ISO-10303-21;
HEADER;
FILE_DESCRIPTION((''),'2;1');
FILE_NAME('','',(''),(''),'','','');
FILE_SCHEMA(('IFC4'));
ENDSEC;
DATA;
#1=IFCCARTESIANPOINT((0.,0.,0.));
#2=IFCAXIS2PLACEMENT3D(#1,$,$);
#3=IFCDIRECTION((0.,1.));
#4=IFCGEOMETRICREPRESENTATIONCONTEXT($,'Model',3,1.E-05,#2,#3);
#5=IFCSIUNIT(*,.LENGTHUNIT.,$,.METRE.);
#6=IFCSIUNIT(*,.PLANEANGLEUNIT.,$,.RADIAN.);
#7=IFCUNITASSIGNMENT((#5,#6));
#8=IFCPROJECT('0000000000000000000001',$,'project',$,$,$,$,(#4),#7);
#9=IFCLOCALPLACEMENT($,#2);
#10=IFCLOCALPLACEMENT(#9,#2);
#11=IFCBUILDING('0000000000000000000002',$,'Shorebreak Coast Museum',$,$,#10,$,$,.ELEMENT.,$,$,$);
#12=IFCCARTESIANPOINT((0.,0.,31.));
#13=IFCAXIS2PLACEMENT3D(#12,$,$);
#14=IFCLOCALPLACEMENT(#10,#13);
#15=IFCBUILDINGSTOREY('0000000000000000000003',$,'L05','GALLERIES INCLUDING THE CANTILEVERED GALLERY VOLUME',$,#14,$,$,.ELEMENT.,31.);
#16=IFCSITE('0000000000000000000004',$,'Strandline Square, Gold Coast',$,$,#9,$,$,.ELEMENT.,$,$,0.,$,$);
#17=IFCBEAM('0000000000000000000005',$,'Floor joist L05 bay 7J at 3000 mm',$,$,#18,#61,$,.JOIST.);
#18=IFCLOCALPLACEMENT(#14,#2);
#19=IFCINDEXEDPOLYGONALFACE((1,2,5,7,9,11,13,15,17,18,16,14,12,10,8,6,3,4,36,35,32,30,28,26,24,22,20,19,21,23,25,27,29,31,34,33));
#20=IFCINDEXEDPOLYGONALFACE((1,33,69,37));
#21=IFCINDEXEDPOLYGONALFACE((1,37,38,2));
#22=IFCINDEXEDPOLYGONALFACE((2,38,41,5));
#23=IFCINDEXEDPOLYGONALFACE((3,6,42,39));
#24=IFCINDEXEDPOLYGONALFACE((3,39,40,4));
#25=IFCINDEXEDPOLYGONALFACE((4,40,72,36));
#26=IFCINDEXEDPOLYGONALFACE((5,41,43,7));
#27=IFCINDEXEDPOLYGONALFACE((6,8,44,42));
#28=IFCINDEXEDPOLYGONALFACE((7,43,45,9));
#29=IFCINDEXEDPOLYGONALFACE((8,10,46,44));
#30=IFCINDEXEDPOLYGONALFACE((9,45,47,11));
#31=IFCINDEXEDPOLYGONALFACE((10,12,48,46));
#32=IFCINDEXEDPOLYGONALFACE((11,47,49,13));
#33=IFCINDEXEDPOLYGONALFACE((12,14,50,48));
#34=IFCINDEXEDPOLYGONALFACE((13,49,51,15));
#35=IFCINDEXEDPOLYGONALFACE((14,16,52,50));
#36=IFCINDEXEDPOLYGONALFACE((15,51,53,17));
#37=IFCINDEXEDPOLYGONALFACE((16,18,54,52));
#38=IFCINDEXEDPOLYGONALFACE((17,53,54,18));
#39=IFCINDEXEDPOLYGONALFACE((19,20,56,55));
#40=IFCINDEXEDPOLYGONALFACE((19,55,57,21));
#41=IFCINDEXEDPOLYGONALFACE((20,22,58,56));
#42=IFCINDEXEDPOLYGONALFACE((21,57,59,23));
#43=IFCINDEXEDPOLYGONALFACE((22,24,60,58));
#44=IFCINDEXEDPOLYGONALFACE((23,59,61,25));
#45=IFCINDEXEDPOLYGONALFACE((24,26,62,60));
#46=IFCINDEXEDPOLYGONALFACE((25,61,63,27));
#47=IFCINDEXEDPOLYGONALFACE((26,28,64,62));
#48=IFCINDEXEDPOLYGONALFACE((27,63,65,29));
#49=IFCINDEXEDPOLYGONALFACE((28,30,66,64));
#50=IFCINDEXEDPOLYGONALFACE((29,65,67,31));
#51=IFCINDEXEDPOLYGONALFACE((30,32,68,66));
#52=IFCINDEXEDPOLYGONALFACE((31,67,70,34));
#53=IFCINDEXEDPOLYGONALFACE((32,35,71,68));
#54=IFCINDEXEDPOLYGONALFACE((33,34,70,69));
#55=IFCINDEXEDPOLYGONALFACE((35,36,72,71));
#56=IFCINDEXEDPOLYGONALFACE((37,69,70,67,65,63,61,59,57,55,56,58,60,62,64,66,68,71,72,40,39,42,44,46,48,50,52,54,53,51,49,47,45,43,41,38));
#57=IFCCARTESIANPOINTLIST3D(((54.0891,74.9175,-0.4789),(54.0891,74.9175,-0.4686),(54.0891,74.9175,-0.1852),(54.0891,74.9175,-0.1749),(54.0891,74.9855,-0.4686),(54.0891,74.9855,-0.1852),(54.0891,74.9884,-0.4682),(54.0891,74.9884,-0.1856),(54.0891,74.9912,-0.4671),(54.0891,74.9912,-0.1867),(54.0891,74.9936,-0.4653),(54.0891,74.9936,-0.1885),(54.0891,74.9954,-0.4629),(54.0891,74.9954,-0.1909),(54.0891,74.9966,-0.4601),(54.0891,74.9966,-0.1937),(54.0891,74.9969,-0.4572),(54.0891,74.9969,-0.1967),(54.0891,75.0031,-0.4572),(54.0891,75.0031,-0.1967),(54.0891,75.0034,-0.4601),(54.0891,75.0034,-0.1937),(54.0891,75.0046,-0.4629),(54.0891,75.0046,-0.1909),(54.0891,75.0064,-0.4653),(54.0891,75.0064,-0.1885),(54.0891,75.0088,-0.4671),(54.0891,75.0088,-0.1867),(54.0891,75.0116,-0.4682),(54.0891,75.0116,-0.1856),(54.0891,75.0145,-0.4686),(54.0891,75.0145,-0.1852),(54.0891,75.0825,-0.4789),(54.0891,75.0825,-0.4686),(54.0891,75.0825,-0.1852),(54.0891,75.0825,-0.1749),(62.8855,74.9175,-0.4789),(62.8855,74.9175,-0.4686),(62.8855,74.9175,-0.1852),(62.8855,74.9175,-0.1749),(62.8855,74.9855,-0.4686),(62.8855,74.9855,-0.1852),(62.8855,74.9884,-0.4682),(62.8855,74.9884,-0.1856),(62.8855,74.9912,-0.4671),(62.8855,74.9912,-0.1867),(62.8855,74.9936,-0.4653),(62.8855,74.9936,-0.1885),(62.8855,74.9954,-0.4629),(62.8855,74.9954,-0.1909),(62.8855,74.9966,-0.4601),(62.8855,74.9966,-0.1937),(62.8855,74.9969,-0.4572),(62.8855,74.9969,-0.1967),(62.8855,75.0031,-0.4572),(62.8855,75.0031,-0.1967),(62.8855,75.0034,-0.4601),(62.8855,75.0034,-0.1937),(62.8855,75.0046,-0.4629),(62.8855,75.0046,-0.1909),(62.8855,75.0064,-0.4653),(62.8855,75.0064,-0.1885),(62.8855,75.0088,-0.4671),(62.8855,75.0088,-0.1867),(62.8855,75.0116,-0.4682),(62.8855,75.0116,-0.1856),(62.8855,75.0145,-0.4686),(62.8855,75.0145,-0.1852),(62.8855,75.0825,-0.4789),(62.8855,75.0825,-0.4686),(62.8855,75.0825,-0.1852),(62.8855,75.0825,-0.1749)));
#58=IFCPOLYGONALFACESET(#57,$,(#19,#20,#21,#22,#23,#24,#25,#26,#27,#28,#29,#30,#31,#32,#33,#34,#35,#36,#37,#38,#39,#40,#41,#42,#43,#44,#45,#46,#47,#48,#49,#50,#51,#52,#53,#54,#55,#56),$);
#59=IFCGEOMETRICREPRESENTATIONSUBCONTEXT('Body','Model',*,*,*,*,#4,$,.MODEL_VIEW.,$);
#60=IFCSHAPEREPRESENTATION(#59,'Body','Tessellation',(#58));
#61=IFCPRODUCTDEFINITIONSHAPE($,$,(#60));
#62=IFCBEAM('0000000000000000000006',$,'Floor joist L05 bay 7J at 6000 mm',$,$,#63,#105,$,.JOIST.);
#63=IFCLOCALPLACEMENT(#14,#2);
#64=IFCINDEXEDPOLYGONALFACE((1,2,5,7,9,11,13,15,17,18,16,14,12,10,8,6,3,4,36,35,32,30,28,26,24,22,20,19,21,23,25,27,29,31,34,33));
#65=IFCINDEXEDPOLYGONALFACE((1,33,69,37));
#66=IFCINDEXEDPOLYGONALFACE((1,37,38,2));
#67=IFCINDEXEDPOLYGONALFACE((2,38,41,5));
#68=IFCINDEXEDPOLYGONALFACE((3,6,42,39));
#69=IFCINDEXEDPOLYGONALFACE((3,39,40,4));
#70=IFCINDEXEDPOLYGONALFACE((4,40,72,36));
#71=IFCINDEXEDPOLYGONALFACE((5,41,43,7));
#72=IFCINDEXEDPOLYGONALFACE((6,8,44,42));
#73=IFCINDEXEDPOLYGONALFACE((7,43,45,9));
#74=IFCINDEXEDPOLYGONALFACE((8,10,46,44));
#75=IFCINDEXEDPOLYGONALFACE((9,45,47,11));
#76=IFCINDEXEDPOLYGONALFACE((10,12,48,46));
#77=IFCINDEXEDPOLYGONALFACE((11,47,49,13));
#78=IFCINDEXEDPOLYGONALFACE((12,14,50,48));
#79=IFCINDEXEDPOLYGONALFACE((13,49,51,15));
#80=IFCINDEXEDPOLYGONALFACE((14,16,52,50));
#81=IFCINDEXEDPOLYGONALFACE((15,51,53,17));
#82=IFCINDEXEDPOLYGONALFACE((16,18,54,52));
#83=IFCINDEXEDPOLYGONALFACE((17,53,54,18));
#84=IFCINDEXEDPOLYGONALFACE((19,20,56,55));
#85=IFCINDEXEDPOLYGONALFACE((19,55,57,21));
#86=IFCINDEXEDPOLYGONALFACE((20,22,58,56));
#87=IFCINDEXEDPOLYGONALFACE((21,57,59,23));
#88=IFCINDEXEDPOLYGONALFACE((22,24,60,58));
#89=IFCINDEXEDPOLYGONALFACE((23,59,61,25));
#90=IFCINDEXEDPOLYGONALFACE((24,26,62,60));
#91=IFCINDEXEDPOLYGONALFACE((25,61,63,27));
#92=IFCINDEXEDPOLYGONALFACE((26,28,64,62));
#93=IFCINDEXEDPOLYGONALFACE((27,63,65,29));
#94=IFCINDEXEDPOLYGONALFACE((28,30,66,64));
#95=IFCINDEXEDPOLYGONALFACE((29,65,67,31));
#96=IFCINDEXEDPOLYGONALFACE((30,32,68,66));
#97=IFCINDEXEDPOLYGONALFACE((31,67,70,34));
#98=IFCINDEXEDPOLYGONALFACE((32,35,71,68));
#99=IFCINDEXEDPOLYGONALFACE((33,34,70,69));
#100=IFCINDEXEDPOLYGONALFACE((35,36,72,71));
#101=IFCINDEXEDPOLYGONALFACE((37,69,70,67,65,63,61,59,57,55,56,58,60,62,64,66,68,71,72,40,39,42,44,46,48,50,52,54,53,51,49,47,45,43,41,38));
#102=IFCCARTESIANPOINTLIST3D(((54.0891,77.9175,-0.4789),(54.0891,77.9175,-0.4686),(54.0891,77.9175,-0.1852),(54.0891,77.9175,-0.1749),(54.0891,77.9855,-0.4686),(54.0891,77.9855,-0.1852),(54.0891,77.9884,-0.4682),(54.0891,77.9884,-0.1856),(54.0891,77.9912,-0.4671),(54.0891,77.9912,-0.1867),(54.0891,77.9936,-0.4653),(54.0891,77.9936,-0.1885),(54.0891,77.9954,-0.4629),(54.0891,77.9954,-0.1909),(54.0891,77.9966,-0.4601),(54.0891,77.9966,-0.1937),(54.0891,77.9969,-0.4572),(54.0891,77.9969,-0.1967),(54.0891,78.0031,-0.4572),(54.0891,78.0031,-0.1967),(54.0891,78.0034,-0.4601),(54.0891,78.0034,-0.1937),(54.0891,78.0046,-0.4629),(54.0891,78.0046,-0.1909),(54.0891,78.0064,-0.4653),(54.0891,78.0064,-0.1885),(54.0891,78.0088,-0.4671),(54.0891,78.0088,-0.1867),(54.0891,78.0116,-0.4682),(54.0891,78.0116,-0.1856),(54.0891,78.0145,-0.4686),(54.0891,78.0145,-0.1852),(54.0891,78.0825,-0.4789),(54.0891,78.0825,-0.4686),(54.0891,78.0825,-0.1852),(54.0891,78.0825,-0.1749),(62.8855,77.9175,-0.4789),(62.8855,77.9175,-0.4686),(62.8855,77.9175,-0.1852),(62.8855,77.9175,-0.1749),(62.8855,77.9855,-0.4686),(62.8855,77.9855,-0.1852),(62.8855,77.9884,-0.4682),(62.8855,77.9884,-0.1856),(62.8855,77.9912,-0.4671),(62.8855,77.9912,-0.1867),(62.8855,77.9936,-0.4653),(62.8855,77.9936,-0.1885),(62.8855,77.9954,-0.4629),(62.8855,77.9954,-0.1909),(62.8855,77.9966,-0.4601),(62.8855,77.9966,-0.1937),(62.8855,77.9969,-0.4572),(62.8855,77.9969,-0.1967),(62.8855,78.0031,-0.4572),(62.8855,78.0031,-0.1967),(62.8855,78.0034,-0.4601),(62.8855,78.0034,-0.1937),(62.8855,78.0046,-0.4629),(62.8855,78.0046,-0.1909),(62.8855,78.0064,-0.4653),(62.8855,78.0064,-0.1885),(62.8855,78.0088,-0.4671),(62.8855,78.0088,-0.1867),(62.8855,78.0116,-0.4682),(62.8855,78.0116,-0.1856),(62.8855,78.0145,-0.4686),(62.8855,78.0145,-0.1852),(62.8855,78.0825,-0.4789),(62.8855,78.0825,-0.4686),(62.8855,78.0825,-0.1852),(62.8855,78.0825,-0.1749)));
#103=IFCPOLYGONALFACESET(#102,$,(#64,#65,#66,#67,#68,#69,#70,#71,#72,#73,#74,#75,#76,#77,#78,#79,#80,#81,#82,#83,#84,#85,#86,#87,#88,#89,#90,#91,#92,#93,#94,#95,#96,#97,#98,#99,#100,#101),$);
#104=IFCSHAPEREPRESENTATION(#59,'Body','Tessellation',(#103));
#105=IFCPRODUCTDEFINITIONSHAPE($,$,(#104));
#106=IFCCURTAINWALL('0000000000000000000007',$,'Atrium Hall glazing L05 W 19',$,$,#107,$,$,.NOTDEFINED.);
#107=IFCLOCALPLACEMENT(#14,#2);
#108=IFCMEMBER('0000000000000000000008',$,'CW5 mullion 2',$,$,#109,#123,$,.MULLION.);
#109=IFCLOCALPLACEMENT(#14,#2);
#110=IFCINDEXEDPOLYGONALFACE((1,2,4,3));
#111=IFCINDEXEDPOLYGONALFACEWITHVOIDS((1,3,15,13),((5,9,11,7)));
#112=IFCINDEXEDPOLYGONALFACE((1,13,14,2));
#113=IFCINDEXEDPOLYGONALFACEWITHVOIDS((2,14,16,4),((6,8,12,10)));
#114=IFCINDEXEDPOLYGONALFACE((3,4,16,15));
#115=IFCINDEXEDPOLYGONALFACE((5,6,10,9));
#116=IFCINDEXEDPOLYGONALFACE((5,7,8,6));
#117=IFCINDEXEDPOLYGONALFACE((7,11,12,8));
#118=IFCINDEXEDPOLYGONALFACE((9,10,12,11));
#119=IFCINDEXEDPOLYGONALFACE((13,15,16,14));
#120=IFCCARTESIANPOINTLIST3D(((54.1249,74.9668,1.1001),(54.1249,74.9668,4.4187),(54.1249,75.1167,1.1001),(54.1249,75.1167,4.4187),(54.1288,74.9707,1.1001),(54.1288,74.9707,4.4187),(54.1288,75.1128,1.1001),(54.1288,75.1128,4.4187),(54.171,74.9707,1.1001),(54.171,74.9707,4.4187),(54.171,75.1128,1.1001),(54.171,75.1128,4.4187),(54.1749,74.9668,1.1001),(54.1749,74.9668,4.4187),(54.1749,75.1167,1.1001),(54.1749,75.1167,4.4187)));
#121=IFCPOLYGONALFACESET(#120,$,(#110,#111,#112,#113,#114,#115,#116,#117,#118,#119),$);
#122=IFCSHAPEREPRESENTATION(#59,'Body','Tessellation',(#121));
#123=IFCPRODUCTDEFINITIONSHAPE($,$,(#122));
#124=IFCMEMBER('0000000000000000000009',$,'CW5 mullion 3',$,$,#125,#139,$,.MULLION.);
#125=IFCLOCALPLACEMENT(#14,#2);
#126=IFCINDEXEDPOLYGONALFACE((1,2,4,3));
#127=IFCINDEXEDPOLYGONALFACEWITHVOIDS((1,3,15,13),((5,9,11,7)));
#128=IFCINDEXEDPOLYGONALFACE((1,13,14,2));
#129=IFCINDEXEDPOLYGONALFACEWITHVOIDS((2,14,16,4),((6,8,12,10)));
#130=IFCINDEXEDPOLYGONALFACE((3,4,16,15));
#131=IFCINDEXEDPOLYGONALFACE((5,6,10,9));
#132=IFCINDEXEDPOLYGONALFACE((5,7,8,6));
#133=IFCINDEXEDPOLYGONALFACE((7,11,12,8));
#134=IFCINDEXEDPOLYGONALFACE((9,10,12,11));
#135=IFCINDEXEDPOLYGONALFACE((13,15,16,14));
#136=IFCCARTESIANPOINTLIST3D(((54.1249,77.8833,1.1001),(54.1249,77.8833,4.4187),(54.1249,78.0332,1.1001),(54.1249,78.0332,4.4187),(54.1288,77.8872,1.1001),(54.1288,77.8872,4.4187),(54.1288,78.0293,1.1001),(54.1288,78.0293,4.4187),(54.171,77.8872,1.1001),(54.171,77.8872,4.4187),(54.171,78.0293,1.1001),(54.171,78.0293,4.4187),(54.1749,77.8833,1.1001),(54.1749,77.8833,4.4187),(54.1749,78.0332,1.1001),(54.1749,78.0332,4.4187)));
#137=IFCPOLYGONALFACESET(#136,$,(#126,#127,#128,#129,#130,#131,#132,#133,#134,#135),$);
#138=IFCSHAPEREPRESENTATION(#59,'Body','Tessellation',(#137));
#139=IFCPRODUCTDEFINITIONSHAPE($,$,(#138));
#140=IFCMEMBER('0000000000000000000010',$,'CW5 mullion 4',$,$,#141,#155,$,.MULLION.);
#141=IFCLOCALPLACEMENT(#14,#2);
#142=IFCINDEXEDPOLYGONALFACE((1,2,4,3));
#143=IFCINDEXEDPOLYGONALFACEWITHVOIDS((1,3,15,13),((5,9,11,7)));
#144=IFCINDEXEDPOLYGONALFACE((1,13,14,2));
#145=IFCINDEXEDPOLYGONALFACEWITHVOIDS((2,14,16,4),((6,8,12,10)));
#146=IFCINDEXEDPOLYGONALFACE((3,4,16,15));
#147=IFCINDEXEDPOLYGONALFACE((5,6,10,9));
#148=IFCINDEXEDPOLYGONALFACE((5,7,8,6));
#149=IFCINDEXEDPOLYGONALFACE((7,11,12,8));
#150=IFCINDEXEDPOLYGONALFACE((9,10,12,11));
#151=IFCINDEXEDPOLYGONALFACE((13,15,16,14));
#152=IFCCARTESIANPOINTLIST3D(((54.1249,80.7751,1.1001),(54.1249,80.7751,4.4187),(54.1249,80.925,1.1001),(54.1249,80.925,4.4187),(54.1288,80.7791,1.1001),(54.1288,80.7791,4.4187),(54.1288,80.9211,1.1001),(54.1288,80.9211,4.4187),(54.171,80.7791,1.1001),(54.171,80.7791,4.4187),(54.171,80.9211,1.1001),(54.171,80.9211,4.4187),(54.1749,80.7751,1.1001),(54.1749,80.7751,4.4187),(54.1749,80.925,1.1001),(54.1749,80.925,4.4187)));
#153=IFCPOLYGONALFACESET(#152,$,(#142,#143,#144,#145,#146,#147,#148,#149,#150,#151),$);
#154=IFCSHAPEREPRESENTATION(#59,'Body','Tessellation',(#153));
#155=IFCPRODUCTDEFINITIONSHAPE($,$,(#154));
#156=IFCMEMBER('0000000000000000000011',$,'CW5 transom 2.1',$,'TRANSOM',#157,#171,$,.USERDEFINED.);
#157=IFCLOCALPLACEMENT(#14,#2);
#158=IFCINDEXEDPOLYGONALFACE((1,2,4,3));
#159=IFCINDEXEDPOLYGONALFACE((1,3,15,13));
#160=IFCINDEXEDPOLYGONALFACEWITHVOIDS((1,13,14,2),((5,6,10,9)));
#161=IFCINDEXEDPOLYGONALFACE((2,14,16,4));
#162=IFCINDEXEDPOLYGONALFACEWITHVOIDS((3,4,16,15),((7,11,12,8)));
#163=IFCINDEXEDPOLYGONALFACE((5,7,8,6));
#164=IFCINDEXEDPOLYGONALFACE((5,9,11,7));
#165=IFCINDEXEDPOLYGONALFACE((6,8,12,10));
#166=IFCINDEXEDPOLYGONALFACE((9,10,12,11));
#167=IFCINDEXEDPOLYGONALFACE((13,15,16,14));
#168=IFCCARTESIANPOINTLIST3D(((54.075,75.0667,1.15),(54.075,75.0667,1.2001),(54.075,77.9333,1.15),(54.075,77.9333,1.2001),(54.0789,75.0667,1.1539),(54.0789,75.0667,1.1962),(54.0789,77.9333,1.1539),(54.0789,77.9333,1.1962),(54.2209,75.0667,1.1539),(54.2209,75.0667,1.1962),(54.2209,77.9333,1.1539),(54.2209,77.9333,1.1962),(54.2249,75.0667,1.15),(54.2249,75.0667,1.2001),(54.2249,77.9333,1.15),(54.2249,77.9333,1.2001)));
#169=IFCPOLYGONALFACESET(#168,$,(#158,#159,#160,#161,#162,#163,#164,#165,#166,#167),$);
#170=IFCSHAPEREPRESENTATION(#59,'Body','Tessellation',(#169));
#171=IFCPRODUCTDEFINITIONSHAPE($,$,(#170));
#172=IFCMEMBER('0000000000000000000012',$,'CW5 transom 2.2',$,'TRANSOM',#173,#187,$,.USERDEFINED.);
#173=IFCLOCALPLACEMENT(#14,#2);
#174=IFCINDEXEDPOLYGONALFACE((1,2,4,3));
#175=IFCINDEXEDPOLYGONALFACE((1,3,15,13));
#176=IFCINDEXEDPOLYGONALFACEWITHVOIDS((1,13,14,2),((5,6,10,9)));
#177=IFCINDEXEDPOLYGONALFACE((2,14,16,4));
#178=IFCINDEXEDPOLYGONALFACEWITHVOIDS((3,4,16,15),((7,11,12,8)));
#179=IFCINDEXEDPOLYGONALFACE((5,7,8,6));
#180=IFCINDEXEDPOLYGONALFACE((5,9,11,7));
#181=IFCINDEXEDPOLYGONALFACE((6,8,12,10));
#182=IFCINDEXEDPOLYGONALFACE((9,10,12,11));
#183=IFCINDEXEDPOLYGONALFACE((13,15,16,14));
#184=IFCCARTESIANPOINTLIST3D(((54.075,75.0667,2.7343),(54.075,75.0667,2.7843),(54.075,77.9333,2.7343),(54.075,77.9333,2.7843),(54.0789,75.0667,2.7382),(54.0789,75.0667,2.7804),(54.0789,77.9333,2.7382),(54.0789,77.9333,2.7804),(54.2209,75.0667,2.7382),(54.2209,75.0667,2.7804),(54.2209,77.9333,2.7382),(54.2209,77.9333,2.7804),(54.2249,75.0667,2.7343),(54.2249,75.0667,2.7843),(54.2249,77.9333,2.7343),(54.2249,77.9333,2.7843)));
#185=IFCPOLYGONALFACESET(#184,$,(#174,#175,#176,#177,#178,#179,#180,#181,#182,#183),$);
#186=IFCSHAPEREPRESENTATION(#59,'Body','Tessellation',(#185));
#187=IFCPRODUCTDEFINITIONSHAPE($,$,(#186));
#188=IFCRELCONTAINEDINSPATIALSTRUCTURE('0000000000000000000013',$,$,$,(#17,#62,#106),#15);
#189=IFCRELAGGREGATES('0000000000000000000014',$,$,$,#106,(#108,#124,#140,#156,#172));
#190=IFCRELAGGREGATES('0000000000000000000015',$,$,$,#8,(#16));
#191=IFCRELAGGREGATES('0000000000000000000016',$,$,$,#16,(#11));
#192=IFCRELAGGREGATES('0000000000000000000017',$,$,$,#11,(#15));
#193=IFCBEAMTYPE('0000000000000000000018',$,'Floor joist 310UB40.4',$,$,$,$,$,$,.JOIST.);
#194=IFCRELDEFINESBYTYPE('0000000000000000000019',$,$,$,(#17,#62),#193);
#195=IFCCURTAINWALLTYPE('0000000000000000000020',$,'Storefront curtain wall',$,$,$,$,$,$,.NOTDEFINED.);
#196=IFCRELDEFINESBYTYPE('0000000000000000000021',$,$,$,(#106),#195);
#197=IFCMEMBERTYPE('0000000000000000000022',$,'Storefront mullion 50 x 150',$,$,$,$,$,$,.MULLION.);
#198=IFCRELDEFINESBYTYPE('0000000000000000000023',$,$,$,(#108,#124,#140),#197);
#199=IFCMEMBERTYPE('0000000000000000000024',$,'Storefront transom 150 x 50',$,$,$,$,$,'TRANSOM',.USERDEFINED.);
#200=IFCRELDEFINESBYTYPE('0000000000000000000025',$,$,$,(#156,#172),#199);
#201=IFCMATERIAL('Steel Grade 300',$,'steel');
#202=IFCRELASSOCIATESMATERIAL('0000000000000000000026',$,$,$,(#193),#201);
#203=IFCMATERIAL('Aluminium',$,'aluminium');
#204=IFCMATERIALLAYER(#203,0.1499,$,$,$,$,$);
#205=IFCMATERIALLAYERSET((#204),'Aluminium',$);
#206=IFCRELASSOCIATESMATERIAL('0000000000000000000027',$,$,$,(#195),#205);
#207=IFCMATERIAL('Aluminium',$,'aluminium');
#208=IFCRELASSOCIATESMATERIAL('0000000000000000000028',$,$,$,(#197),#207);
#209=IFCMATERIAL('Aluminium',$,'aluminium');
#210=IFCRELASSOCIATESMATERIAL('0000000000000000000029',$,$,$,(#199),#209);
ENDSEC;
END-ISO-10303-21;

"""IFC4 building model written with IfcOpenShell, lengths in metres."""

from ifc_helpers import new_model, si_unit, direction, frame, origin, origin_2d, place, context, subcontext, project, spatial, hollow_rectangle, i_section, extrude, material, layer, layer_set, material_profile, profile_set, type_object, element, aggregate, save


model = new_model("IFC4")

# Units and contexts
model_context = context("Model", 3, precision=1e-05, world=origin(), true_north=direction((0.0, 1.0)))
body_context = subcontext(model_context, "Body", "Model", "MODEL_VIEW")
ifc_project = project(units=[si_unit("LENGTHUNIT", "METRE"), si_unit("PLANEANGLEUNIT", "RADIAN")], contexts=[model_context])

# Site, building, storey
site_placement = place(None, origin())
site = spatial("IfcSite", under=ifc_project, at=site_placement, Name="Strandline Square, Gold Coast", CompositionType="ELEMENT", RefElevation=0.0)
building_placement = place(site_placement, origin())
building = spatial("IfcBuilding", under=site, at=building_placement, Name="Shorebreak Coast Museum", CompositionType="ELEMENT")
storey_placement = place(building_placement, frame((0.0, 0.0, 31.0)))
storey = spatial("IfcBuildingStorey", under=building, at=storey_placement, Name="L05", Description="GALLERIES INCLUDING THE CANTILEVERED GALLERY VOLUME", CompositionType="ELEMENT", Elevation=31.0)

# Beams
ifc_material_1 = material(Name="Steel Grade 300", Category="steel")
ifc_material_profile_1 = material_profile(ifc_material_1, i_section(OverallWidth=0.165, OverallDepth=0.304, WebThickness=0.0061, FlangeThickness=0.0103, FilletRadius=0.0115, at=origin_2d()), Name="310UB40.4")
ifc_profile_set_1 = profile_set([ifc_material_profile_1], Name="Steel Grade 300")
beam_type_1 = type_object("IfcBeamType", Name="Floor joist 310UB40.4", PredefinedType="JOIST", material=ifc_profile_set_1)
for number, where, z_axis, x_axis, name in (
    (1, (54.0891, 75.0, -0.3269), (1.0, 0.0, 0.0), (0.0, 1.0, 0.0), "Floor joist L05 bay 7J at 3000 mm"),
    (2, (54.0891, 78.0, -0.3269), (1.0, 0.0, 0.0), (0.0, 1.0, 0.0), "Floor joist L05 bay 7J at 6000 mm"),
):
    element("IfcBeam", number, at=place(storey_placement, frame(where, z_axis=z_axis, x_axis=x_axis)), inside=storey, type_object=beam_type_1, Name=name, PredefinedType="JOIST", context=body_context, shape_type="SweptSolid", body=[
        extrude(i_section(OverallWidth=0.165, OverallDepth=0.304, WebThickness=0.0061, FlangeThickness=0.0103, FilletRadius=0.0115, at=origin_2d()), origin(), (0.0, 0.0, 1.0), 8.7964),
    ])

# Curtain wall, members
ifc_material_2 = material(Name="Aluminium", Category="aluminium")
ifc_layer_1 = layer(ifc_material_2, 0.1499)
ifc_layer_set_1 = layer_set([ifc_layer_1], Name="Aluminium")
curtain_wall_type = type_object("IfcCurtainWallType", Name="Storefront curtain wall", PredefinedType="NOTDEFINED", material=ifc_layer_set_1)
curtain_wall_placement = place(storey_placement, origin())
curtain_wall = element("IfcCurtainWall", 3, at=curtain_wall_placement, inside=storey, type_object=curtain_wall_type, Name="Atrium Hall glazing L05 W 19", PredefinedType="NOTDEFINED")
ifc_material_3 = material(Name="Aluminium", Category="aluminium")
ifc_material_profile_2 = material_profile(ifc_material_3, hollow_rectangle(XDim=0.05, YDim=0.1499, WallThickness=0.0039, at=origin_2d()), Name="AL 150x50 RHS")
ifc_profile_set_2 = profile_set([ifc_material_profile_2], Name="Aluminium")
member_type_1 = type_object("IfcMemberType", Name="Storefront mullion 50 x 150", PredefinedType="MULLION", material=ifc_profile_set_2)
member_1_placement = place(storey_placement, frame((54.1499, 75.0417, 1.1001), z_axis=(0.0, 0.0, 1.0), x_axis=(-1.0, 0.0, 0.0)))
member_1 = element("IfcMember", 4, at=member_1_placement, type_object=member_type_1, Name="CW5 mullion 2", PredefinedType="MULLION", context=body_context, shape_type="SweptSolid", body=[
    extrude(hollow_rectangle(XDim=0.05, YDim=0.1499, WallThickness=0.0039, at=origin_2d()), origin(), (0.0, 0.0, 1.0), 3.3186),
])
member_2_placement = place(storey_placement, frame((54.1499, 77.9583, 1.1001), z_axis=(0.0, 0.0, 1.0), x_axis=(-1.0, 0.0, 0.0)))
member_2 = element("IfcMember", 5, at=member_2_placement, type_object=member_type_1, Name="CW5 mullion 3", PredefinedType="MULLION", context=body_context, shape_type="SweptSolid", body=[
    extrude(hollow_rectangle(XDim=0.05, YDim=0.1499, WallThickness=0.0039, at=origin_2d()), origin(), (0.0, 0.0, 1.0), 3.3186),
])
member_3_placement = place(storey_placement, frame((54.1499, 80.8501, 1.1001), z_axis=(0.0, 0.0, 1.0), x_axis=(-1.0, 0.0, 0.0)))
member_3 = element("IfcMember", 6, at=member_3_placement, type_object=member_type_1, Name="CW5 mullion 4", PredefinedType="MULLION", context=body_context, shape_type="SweptSolid", body=[
    extrude(hollow_rectangle(XDim=0.05, YDim=0.1499, WallThickness=0.0039, at=origin_2d()), origin(), (0.0, 0.0, 1.0), 3.3186),
])
ifc_material_4 = material(Name="Aluminium", Category="aluminium")
ifc_material_profile_3 = material_profile(ifc_material_4, hollow_rectangle(XDim=0.1499, YDim=0.05, WallThickness=0.0039, at=origin_2d()), Name="AL 50x150 RHS")
ifc_profile_set_3 = profile_set([ifc_material_profile_3], Name="Aluminium")
member_type_2 = type_object("IfcMemberType", Name="Storefront transom 150 x 50", ElementType="TRANSOM", PredefinedType="USERDEFINED", material=ifc_profile_set_3)
member_4_placement = place(storey_placement, frame((54.1499, 75.0667, 1.175), z_axis=(0.0, 1.0, 0.0), x_axis=(-1.0, 0.0, 0.0)))
member_4 = element("IfcMember", 7, at=member_4_placement, type_object=member_type_2, Name="CW5 transom 2.1", ObjectType="TRANSOM", PredefinedType="USERDEFINED", context=body_context, shape_type="SweptSolid", body=[
    extrude(hollow_rectangle(XDim=0.1499, YDim=0.05, WallThickness=0.0039, at=origin_2d()), origin(), (0.0, 0.0, 1.0), 2.8667),
])
member_5_placement = place(storey_placement, frame((54.1499, 75.0667, 2.7593), z_axis=(0.0, 1.0, 0.0), x_axis=(-1.0, 0.0, 0.0)))
member_5 = element("IfcMember", 8, at=member_5_placement, type_object=member_type_2, Name="CW5 transom 2.2", ObjectType="TRANSOM", PredefinedType="USERDEFINED", context=body_context, shape_type="SweptSolid", body=[
    extrude(hollow_rectangle(XDim=0.1499, YDim=0.05, WallThickness=0.0039, at=origin_2d()), origin(), (0.0, 0.0, 1.0), 2.8667),
])

aggregate(curtain_wall, [member_1, member_2, member_3, member_4, member_5])

save(model, "model.ifc")
